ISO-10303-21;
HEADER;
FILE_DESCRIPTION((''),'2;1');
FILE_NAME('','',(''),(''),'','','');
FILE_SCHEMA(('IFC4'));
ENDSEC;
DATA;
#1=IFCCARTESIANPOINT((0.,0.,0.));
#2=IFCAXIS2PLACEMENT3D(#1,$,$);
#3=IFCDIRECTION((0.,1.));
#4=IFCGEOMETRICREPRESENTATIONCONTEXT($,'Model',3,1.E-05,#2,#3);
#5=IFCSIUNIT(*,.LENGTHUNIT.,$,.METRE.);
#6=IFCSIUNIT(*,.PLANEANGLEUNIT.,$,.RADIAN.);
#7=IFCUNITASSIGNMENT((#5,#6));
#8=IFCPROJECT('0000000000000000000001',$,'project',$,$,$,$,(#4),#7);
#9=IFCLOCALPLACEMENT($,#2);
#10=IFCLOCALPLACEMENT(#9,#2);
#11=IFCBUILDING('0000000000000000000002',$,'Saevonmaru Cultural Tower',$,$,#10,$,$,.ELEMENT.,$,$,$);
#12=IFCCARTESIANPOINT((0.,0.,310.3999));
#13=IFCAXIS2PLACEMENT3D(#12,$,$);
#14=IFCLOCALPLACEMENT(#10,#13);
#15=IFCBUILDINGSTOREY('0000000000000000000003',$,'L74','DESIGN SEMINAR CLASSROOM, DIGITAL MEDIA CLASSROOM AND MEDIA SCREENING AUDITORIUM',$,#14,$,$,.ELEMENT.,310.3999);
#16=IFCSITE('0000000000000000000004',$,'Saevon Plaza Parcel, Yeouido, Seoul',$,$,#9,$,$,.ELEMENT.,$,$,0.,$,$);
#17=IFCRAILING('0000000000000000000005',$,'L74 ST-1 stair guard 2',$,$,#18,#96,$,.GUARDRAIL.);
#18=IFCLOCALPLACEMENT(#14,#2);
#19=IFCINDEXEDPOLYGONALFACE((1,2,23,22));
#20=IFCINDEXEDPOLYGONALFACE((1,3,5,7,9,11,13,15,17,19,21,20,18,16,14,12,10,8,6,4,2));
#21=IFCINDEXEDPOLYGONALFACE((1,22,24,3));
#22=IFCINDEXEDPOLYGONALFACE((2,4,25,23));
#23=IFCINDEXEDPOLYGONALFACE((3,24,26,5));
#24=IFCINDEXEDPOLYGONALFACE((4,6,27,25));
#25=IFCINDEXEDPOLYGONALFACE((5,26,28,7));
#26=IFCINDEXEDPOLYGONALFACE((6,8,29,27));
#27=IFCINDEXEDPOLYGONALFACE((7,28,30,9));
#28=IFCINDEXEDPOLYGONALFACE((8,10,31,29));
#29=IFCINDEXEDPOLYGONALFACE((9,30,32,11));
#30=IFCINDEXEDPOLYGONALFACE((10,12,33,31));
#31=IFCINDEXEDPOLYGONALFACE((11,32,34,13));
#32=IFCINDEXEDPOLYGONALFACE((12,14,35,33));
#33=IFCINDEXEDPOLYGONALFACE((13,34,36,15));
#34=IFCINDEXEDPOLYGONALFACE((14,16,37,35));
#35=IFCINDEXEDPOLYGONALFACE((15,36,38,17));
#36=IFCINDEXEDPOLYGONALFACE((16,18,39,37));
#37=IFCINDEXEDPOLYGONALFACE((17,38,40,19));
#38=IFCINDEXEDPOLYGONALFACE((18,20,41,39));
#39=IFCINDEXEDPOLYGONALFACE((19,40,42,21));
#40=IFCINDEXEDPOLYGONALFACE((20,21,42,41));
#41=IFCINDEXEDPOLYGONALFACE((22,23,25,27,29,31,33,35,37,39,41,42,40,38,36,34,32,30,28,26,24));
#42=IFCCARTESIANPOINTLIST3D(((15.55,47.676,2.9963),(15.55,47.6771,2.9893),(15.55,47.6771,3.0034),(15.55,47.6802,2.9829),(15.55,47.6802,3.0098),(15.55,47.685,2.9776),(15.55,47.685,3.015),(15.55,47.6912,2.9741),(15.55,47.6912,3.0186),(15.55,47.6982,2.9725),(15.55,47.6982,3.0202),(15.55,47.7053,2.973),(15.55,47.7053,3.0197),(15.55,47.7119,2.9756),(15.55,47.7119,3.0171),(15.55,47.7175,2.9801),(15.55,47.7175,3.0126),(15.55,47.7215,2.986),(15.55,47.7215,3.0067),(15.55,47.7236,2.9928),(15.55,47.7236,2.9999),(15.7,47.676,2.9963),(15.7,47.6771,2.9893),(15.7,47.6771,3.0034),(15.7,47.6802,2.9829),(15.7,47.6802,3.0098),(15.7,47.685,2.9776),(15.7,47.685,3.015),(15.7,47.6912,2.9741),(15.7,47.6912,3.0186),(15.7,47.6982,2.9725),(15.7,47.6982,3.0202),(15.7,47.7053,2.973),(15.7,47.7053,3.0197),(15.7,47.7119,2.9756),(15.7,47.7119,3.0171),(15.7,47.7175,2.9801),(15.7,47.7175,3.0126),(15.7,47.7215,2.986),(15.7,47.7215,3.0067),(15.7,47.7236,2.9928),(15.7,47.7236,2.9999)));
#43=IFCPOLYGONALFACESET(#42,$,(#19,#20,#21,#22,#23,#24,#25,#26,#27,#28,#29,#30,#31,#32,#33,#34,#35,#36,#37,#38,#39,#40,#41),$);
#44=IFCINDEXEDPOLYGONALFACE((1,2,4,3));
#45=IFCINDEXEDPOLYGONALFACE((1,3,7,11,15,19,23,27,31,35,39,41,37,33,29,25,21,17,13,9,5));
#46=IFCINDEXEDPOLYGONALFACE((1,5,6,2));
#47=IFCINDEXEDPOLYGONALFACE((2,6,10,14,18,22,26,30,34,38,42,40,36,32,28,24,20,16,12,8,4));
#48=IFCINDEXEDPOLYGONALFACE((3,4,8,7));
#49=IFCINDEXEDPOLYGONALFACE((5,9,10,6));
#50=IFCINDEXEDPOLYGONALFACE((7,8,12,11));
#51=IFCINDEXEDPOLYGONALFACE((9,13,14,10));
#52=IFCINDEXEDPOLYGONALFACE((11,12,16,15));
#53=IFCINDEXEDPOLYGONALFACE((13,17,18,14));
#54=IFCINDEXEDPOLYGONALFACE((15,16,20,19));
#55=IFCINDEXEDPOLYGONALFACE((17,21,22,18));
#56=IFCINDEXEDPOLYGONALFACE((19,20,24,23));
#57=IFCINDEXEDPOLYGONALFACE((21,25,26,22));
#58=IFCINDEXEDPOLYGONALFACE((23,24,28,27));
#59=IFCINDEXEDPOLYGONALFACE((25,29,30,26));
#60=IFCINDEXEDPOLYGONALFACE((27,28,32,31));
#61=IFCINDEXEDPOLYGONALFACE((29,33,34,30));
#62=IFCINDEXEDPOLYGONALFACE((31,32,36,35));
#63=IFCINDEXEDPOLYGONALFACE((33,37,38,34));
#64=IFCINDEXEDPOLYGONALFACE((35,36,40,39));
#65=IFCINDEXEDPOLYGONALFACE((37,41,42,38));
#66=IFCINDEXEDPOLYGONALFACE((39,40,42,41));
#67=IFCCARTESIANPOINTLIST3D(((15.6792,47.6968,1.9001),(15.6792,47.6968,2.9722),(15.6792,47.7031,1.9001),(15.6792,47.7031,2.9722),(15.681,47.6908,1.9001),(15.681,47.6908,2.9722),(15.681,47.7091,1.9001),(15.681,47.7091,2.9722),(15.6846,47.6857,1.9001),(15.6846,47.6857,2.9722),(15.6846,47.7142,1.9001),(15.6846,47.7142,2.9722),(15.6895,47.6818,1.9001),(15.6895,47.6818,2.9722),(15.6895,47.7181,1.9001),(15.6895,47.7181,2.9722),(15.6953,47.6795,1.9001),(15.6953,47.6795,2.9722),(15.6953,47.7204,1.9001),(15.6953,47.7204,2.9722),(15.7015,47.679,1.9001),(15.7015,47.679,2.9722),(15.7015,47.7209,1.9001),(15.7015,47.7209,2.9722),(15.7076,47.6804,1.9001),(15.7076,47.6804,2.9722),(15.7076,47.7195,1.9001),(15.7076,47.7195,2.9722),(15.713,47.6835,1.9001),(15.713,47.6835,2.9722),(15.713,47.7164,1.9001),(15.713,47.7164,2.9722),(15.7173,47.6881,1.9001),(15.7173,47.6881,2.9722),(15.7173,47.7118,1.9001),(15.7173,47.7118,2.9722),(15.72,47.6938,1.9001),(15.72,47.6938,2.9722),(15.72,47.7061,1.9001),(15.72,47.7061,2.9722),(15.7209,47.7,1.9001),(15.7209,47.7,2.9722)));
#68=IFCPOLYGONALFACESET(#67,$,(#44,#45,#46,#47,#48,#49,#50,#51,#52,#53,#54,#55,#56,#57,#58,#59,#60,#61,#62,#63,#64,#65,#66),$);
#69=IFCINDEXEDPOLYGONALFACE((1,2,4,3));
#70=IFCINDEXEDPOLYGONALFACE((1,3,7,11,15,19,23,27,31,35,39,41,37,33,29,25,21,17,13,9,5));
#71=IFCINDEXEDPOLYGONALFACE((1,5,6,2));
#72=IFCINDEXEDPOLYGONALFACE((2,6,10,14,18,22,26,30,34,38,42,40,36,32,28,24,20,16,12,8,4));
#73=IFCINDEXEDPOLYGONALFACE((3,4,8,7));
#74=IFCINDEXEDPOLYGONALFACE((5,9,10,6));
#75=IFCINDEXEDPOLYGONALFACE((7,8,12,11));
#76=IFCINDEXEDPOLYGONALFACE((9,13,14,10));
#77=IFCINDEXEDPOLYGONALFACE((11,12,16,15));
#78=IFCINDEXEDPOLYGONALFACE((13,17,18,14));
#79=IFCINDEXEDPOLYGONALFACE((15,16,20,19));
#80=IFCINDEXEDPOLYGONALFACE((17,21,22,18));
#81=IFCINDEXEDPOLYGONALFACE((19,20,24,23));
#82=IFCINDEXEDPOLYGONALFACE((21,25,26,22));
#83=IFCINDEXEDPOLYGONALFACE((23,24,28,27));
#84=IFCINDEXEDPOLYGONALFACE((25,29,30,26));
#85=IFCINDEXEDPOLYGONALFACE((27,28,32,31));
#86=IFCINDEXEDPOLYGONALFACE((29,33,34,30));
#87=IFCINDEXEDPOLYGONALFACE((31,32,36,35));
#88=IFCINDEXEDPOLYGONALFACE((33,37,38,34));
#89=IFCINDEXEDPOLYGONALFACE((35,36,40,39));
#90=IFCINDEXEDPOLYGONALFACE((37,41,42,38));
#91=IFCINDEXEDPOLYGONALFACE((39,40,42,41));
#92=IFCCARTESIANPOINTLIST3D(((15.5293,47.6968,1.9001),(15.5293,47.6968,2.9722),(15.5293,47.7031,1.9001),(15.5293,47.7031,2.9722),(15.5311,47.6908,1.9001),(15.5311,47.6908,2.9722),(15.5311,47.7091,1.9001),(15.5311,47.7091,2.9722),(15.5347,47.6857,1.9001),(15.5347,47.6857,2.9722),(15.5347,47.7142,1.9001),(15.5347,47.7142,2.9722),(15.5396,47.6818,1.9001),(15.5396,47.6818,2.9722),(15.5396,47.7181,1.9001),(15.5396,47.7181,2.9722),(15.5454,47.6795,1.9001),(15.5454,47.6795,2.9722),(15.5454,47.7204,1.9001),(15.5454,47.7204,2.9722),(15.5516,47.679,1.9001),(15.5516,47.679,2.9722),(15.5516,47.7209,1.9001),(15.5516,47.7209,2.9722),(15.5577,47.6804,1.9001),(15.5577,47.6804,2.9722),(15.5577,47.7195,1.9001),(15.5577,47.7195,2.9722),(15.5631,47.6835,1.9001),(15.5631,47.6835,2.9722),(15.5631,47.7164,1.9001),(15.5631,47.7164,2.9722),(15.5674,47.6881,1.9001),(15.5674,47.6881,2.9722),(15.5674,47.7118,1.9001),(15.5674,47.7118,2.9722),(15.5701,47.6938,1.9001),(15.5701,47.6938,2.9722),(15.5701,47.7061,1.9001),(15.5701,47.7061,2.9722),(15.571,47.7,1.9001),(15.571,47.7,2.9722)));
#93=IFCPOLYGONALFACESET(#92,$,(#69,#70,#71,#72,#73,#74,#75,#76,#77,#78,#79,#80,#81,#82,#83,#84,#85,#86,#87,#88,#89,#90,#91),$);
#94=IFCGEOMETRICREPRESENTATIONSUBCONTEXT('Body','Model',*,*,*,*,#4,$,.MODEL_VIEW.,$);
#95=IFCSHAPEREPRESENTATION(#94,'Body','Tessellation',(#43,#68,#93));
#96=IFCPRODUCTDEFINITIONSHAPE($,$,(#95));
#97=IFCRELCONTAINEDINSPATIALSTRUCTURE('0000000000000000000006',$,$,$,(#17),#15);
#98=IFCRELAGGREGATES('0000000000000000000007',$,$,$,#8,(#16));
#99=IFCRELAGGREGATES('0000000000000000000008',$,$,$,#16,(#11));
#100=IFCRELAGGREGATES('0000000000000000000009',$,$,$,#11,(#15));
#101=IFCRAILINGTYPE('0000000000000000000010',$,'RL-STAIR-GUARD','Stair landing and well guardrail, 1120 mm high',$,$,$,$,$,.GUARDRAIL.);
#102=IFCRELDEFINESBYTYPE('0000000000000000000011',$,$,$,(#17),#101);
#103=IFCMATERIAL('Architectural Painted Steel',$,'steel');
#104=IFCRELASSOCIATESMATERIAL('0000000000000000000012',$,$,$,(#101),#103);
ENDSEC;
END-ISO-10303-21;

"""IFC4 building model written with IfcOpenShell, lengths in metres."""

from ifc_helpers import new_model, si_unit, direction, frame, origin, origin_2d, place, context, subcontext, project, spatial, circle, extrude, material, type_object, element, save


model = new_model("IFC4")

# Units and contexts
model_context = context("Model", 3, precision=1e-05, world=origin(), true_north=direction((0.0, 1.0)))
body_context = subcontext(model_context, "Body", "Model", "MODEL_VIEW")
ifc_project = project(units=[si_unit("LENGTHUNIT", "METRE"), si_unit("PLANEANGLEUNIT", "RADIAN")], contexts=[model_context])

# Site, building, storey
site_placement = place(None, origin())
site = spatial("IfcSite", under=ifc_project, at=site_placement, Name="Saevon Plaza Parcel, Yeouido, Seoul", CompositionType="ELEMENT", RefElevation=0.0)
building_placement = place(site_placement, origin())
building = spatial("IfcBuilding", under=site, at=building_placement, Name="Saevonmaru Cultural Tower", CompositionType="ELEMENT")
storey_placement = place(building_placement, frame((0.0, 0.0, 310.3999)))
storey = spatial("IfcBuildingStorey", under=building, at=storey_placement, Name="L74", Description="DESIGN SEMINAR CLASSROOM, DIGITAL MEDIA CLASSROOM AND MEDIA SCREENING AUDITORIUM", CompositionType="ELEMENT", Elevation=310.3999)

# Railing
ifc_material_1 = material(Name="Architectural Painted Steel", Category="steel")
railing_type = type_object("IfcRailingType", Name="RL-STAIR-GUARD", Description="Stair landing and well guardrail, 1120 mm high", PredefinedType="GUARDRAIL", material=ifc_material_1)
railing_1_placement = place(storey_placement, frame((15.7, 47.7, 1.9001)))
element("IfcRailing", 1, at=railing_1_placement, inside=storey, type_object=railing_type, Name="L74 ST-1 stair guard 2", PredefinedType="GUARDRAIL", context=body_context, shape_type="SweptSolid", body=[
    extrude(circle(Radius=0.0239, at=origin_2d()), frame((0.0, 0.0, 1.0962), z_axis=(-1.0, 0.0, 0.0), x_axis=(0.0, -1.0, 0.0)), (0.0, 0.0, 1.0), 0.1499),
    extrude(circle(Radius=0.021, at=origin_2d()), origin(), (0.0, 0.0, 1.0), 1.072),
    extrude(circle(Radius=0.021, at=origin_2d()), frame((-0.1499, 0.0, 0.0)), (0.0, 0.0, 1.0), 1.072),
])

save(model, "model.ifc")
